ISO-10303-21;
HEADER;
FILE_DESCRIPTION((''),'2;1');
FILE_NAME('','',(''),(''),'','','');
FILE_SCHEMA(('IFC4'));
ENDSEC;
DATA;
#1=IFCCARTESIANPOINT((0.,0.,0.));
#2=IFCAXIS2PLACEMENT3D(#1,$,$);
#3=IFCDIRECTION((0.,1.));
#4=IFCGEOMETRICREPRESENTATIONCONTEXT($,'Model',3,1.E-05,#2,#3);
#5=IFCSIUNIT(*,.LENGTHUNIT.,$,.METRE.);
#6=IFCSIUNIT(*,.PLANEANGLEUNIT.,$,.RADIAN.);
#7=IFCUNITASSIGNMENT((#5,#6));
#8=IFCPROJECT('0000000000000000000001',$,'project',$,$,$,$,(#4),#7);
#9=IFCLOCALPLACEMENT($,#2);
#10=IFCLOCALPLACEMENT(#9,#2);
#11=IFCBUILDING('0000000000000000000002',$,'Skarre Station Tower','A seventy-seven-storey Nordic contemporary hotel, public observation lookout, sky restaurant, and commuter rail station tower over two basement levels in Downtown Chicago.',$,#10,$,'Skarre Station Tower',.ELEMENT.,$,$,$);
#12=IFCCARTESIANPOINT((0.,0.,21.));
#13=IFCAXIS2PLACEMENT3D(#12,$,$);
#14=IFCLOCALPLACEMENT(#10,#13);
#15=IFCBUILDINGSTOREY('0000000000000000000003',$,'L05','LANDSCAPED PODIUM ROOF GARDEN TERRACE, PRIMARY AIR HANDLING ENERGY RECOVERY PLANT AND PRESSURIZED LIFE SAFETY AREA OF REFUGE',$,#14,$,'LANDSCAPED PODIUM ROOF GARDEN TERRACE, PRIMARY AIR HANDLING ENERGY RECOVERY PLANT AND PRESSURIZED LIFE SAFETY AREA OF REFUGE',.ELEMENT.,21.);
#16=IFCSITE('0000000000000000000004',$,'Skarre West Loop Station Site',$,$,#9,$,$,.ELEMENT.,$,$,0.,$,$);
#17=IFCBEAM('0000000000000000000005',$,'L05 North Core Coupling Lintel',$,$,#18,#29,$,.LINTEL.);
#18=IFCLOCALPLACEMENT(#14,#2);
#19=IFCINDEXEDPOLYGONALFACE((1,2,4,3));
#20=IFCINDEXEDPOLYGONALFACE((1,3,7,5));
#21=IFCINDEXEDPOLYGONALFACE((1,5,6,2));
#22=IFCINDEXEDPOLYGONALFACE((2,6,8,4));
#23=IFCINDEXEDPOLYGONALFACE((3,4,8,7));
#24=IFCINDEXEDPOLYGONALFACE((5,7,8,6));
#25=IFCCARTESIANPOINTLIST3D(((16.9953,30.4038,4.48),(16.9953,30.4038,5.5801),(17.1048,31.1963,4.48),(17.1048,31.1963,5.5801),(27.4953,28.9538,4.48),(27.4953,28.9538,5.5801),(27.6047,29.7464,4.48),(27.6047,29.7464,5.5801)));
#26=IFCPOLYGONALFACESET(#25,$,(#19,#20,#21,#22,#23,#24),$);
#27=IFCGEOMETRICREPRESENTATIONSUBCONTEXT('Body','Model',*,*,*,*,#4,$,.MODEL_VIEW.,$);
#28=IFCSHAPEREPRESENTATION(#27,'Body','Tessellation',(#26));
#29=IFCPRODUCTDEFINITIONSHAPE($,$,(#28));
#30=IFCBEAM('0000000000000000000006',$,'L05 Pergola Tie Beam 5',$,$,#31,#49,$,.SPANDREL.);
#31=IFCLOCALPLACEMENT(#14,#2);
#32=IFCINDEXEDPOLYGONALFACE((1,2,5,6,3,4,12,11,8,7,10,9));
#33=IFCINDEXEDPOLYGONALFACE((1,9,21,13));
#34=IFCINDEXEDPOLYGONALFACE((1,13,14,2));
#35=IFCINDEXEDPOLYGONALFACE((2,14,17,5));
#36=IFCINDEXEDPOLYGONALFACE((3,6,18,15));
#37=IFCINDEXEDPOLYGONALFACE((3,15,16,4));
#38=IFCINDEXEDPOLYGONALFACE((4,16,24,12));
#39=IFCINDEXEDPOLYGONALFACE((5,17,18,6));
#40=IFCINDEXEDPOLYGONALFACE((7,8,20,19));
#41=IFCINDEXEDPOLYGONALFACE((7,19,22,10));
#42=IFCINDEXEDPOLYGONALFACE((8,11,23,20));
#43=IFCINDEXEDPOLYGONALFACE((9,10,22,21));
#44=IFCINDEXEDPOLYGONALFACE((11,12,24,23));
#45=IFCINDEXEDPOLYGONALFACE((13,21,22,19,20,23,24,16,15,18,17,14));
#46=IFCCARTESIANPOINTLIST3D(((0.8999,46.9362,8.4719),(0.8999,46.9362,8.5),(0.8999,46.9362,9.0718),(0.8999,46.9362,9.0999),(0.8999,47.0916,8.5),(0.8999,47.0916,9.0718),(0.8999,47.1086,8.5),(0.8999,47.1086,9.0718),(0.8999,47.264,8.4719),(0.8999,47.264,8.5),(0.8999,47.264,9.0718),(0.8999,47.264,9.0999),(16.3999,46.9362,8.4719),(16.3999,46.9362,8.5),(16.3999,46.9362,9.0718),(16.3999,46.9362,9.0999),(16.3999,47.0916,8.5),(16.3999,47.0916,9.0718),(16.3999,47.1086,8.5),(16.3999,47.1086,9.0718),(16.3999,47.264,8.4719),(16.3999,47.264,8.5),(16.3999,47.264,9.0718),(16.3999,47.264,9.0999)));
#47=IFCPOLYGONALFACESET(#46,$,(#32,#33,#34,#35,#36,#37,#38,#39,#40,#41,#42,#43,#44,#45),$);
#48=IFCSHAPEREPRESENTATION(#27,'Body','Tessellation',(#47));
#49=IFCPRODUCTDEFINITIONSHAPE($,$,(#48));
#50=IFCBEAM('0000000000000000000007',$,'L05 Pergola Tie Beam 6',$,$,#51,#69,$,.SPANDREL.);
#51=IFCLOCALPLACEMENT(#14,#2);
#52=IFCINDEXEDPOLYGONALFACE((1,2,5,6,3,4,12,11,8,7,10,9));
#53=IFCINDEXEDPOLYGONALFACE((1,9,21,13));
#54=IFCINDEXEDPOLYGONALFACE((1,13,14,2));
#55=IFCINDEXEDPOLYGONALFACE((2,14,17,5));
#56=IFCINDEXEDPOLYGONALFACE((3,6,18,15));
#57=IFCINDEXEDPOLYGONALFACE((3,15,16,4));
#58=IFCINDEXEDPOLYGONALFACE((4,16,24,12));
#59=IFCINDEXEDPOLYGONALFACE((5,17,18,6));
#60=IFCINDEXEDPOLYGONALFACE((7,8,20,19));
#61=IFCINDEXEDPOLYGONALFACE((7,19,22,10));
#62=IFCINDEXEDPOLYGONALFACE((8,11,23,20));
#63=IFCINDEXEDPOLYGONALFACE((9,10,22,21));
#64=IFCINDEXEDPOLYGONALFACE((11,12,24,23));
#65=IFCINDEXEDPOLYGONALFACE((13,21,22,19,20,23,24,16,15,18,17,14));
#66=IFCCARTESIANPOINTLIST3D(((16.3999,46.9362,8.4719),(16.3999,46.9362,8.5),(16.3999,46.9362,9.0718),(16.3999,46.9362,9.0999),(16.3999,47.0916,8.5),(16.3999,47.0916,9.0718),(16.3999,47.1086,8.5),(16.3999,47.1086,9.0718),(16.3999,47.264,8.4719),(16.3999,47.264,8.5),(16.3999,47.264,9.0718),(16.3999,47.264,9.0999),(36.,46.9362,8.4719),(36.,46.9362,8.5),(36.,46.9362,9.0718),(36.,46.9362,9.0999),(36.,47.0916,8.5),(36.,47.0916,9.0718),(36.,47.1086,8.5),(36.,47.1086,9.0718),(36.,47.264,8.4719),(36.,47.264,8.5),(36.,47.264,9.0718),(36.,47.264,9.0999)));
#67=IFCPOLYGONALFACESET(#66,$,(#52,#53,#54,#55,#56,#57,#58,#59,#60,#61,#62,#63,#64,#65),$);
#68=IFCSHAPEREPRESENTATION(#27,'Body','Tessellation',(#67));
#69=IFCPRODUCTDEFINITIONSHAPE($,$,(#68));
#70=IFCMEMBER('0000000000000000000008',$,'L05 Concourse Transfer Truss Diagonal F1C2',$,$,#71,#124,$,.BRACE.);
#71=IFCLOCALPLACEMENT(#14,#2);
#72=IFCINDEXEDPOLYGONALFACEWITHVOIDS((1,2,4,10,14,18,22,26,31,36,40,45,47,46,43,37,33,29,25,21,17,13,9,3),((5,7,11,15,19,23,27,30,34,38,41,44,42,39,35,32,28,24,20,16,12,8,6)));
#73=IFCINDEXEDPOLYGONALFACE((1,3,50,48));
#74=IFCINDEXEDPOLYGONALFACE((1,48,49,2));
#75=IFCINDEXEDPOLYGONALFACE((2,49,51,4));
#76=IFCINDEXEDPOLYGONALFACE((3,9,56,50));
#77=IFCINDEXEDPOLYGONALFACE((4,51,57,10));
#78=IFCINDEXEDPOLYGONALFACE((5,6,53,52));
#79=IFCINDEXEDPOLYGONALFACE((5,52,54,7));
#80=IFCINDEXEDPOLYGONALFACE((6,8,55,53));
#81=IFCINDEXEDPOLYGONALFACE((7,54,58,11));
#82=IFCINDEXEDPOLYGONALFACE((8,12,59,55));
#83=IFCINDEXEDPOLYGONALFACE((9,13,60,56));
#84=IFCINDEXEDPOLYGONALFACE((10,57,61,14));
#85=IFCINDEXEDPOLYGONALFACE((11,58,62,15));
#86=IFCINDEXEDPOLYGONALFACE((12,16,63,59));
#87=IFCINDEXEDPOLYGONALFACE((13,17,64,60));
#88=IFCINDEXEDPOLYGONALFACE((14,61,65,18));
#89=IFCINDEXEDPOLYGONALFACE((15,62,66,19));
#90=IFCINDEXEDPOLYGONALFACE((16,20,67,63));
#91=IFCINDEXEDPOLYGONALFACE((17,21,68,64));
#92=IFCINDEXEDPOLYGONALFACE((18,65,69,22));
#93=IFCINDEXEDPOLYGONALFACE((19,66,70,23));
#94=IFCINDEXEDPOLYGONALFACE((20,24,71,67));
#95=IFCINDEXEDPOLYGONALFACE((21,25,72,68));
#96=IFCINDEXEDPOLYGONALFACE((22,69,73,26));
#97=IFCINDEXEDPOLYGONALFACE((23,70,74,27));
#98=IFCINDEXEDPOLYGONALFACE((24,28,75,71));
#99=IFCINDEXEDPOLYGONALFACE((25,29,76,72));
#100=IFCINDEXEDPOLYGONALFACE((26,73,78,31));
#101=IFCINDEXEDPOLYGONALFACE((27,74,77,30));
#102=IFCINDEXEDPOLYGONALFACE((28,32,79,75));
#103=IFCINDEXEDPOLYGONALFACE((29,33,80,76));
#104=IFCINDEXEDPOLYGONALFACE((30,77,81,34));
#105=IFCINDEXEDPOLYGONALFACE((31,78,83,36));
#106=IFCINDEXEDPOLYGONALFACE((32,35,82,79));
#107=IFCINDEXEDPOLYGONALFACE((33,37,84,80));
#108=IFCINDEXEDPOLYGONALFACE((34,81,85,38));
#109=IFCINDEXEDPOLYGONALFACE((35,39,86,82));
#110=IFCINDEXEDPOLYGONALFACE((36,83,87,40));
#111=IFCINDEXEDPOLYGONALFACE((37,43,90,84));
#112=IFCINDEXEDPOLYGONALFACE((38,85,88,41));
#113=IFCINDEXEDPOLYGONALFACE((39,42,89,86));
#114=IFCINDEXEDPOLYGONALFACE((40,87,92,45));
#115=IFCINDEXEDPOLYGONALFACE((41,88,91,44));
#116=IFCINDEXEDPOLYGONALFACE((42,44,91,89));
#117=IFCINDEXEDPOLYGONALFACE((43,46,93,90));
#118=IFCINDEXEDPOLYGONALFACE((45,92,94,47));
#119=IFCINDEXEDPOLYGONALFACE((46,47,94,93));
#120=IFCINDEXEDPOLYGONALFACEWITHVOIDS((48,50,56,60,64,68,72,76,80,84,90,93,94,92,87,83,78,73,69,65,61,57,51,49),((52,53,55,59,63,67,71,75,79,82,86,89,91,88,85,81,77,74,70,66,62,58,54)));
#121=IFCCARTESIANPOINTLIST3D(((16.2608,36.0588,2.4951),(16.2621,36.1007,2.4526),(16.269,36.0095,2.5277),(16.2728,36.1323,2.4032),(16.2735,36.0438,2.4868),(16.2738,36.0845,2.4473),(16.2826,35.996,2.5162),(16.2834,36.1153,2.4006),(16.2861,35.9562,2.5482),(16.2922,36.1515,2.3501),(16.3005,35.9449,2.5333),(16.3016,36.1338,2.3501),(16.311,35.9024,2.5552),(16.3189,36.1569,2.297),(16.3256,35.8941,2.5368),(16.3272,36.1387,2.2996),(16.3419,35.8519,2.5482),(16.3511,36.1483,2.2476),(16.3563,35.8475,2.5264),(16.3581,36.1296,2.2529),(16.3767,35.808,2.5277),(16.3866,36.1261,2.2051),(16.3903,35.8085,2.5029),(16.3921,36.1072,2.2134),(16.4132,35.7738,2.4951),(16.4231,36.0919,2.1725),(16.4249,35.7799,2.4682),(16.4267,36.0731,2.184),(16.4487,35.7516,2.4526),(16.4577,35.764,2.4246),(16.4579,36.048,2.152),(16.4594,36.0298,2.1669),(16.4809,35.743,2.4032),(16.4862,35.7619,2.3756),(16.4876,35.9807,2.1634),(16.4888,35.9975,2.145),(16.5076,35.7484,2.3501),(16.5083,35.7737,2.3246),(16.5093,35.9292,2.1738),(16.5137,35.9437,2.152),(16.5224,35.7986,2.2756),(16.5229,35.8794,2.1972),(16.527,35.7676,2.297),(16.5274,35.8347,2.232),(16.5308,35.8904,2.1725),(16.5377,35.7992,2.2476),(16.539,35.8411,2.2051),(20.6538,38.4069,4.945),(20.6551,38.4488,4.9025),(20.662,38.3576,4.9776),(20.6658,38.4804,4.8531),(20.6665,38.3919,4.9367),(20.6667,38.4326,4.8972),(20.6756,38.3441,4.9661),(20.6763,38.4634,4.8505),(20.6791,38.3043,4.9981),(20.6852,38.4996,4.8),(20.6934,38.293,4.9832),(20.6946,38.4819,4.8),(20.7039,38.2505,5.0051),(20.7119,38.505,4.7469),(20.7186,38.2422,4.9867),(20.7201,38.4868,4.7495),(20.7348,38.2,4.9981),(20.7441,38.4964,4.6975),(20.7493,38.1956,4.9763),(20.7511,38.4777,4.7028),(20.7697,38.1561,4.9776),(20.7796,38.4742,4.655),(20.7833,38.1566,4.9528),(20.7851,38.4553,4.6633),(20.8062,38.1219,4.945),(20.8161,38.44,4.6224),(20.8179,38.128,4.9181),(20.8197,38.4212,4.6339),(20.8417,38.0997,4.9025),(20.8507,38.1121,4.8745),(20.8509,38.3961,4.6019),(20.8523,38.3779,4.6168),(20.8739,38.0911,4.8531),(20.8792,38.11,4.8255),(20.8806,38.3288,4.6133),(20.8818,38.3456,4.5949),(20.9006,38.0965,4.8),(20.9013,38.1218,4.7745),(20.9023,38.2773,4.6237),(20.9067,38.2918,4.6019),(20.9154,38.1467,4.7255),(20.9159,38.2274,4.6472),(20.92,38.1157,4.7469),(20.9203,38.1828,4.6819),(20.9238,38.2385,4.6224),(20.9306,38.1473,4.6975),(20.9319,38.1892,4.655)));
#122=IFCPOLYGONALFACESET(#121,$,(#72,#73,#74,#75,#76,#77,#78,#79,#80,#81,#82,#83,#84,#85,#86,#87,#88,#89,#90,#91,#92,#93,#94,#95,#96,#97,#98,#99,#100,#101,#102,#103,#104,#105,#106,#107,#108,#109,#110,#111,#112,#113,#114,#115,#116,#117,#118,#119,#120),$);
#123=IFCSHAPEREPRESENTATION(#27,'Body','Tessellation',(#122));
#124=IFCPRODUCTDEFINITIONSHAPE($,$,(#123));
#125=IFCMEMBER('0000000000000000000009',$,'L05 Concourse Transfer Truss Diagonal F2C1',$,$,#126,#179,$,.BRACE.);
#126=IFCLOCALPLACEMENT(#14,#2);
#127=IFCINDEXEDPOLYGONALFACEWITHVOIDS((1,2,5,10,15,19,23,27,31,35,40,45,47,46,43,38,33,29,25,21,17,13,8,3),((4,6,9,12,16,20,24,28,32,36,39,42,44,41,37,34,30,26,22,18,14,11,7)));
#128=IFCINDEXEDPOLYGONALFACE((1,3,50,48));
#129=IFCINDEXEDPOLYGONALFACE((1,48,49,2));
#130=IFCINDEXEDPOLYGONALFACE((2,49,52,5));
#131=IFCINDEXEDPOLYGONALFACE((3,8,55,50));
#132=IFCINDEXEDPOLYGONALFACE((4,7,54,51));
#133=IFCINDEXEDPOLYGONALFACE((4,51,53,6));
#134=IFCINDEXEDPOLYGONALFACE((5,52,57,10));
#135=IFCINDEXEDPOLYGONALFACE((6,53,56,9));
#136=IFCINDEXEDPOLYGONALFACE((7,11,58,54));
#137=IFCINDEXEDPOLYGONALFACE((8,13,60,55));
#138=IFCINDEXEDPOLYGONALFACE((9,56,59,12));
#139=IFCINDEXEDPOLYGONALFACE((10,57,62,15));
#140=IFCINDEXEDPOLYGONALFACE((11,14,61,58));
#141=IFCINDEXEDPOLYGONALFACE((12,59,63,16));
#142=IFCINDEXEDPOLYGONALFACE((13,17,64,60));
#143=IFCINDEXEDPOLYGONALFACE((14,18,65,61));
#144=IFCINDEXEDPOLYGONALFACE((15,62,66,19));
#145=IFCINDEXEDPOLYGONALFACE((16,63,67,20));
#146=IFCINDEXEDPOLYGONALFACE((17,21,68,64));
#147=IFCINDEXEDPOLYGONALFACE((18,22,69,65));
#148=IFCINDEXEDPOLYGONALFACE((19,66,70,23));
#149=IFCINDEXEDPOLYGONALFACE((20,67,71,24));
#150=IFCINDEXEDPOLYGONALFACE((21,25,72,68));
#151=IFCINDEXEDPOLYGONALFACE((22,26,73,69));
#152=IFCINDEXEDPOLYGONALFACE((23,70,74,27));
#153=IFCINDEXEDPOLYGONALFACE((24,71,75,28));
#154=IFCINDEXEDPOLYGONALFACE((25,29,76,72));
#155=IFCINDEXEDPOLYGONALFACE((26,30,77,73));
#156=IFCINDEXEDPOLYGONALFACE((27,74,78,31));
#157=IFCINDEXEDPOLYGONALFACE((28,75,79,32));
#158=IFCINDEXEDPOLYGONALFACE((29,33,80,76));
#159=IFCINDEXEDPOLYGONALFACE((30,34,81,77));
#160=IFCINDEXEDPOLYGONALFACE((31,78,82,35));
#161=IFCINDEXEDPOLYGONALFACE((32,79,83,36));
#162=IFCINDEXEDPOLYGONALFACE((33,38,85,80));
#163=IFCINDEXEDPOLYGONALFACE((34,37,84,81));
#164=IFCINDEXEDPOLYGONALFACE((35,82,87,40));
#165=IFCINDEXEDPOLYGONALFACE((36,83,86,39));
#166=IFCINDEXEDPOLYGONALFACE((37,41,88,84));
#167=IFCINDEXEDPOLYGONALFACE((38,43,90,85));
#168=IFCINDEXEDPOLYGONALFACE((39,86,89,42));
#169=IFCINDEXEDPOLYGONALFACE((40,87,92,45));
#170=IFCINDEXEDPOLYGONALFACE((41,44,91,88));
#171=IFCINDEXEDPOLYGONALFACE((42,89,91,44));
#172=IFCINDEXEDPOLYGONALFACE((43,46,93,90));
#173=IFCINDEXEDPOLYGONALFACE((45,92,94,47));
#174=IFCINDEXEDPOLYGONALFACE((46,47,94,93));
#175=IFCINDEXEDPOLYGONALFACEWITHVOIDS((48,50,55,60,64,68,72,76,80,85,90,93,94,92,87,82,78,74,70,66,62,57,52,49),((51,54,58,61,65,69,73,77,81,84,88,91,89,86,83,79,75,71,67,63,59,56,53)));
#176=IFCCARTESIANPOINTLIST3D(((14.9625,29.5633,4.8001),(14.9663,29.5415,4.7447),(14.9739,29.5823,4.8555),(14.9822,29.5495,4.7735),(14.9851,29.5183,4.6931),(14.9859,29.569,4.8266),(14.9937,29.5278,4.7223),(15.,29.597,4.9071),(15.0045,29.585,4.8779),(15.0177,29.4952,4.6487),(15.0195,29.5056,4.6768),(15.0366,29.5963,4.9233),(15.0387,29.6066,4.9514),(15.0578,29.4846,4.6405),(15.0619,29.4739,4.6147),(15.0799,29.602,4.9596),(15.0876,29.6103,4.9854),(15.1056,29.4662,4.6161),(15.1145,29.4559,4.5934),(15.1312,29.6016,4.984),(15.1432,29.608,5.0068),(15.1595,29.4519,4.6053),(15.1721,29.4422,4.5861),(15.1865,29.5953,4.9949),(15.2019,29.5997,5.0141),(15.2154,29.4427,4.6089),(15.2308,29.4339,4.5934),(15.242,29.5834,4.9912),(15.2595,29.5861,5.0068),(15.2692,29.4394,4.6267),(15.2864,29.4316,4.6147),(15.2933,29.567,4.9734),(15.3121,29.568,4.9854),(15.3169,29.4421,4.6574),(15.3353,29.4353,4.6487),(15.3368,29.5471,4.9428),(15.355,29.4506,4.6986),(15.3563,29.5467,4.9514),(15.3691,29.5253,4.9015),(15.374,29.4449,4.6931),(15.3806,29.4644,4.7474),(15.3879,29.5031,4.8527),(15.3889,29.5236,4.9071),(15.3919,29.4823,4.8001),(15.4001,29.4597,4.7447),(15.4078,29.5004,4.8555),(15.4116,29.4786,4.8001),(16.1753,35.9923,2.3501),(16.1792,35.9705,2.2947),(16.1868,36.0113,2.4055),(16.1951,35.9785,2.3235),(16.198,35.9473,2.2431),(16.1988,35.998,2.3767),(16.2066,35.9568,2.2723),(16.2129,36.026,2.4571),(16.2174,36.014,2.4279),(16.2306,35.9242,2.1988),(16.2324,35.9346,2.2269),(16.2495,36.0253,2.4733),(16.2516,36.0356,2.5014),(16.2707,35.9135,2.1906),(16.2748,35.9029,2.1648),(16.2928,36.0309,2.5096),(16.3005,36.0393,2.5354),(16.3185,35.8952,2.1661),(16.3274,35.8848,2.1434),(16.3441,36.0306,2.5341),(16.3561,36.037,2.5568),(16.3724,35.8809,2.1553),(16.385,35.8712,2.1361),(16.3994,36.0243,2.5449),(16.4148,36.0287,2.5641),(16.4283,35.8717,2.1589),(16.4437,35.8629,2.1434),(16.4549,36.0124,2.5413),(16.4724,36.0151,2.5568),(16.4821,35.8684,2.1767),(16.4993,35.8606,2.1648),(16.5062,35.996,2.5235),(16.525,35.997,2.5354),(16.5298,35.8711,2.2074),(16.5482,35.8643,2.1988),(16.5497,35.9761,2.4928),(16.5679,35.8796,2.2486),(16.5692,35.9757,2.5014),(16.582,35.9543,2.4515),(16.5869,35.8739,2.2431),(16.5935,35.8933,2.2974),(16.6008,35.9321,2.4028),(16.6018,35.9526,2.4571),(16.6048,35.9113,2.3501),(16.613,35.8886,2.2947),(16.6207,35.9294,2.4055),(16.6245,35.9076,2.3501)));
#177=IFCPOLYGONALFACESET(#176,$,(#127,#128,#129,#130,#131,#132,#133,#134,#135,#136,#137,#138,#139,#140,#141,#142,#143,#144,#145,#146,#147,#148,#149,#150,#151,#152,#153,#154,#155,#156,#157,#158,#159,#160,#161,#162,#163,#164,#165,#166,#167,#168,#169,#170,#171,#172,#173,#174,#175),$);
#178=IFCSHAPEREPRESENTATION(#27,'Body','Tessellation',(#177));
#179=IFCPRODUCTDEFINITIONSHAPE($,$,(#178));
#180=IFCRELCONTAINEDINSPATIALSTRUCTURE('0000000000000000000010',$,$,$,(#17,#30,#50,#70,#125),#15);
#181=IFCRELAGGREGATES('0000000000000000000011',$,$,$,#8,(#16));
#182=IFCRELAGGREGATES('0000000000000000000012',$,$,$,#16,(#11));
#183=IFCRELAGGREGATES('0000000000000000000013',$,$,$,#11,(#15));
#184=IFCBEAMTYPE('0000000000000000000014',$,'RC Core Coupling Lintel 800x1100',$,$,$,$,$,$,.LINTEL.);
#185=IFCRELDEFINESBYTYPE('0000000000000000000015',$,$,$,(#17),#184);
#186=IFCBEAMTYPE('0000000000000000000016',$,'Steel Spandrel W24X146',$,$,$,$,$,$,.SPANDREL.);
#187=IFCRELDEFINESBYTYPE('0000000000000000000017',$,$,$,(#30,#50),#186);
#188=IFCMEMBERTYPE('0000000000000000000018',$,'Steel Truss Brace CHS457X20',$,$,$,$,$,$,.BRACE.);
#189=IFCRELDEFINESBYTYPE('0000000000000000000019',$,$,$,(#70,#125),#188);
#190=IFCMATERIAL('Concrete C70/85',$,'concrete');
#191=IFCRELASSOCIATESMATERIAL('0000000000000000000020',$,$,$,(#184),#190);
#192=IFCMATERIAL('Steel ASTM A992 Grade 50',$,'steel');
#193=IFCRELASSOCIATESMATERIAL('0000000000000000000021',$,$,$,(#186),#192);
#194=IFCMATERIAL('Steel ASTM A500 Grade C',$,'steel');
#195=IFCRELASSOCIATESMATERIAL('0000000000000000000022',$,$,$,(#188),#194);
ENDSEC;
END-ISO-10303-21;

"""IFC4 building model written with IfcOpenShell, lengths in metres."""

from ifc_helpers import new_model, si_unit, direction, frame, origin, origin_2d, place, context, subcontext, project, spatial, rectangle, hollow_circle, i_section, extrude, material, material_profile, profile_set, type_object, element, save


model = new_model("IFC4")

# Units and contexts
model_context = context("Model", 3, precision=1e-05, world=origin(), true_north=direction((0.0, 1.0)))
body_context = subcontext(model_context, "Body", "Model", "MODEL_VIEW")
ifc_project = project(units=[si_unit("LENGTHUNIT", "METRE"), si_unit("PLANEANGLEUNIT", "RADIAN")], contexts=[model_context])

# Site, building, storey
site_placement = place(None, origin())
site = spatial("IfcSite", under=ifc_project, at=site_placement, Name="Skarre West Loop Station Site", CompositionType="ELEMENT", RefElevation=0.0)
building_placement = place(site_placement, origin())
building = spatial("IfcBuilding", under=site, at=building_placement, Name="Skarre Station Tower", Description="A seventy-seven-storey Nordic contemporary hotel, public observation lookout, sky restaurant, and commuter rail station tower over two basement levels in Downtown Chicago.", LongName="Skarre Station Tower", CompositionType="ELEMENT")
storey_placement = place(building_placement, frame((0.0, 0.0, 21.0)))
storey = spatial("IfcBuildingStorey", under=building, at=storey_placement, Name="L05", Description="LANDSCAPED PODIUM ROOF GARDEN TERRACE, PRIMARY AIR HANDLING ENERGY RECOVERY PLANT AND PRESSURIZED LIFE SAFETY AREA OF REFUGE", LongName="LANDSCAPED PODIUM ROOF GARDEN TERRACE, PRIMARY AIR HANDLING ENERGY RECOVERY PLANT AND PRESSURIZED LIFE SAFETY AREA OF REFUGE", CompositionType="ELEMENT", Elevation=21.0)

# Shared definitions
ifc_material_1 = material(Name="Concrete C70/85", Category="concrete")
ifc_material_2 = material(Name="Steel ASTM A500 Grade C", Category="steel")

# Beams
ifc_material_profile_1 = material_profile(ifc_material_1, rectangle(XDim=0.8, YDim=1.1001, at=origin_2d()), Name="Concrete C70/85")
ifc_profile_set_1 = profile_set([ifc_material_profile_1], Name="Concrete C70/85")
beam_type_1 = type_object("IfcBeamType", Name="RC Core Coupling Lintel 800x1100", PredefinedType="LINTEL", material=ifc_profile_set_1)
beam_1_placement = place(storey_placement, frame((17.05, 30.8, 5.03), z_axis=(0.9906, -0.136792, 0.0), x_axis=(0.136792, 0.9906, 0.0)))
element("IfcBeam", 1, at=beam_1_placement, inside=storey, type_object=beam_type_1, Name="L05 North Core Coupling Lintel", PredefinedType="LINTEL", context=body_context, shape_type="SweptSolid", body=[
    extrude(rectangle(XDim=0.8, YDim=1.1001, at=origin_2d()), origin(), (0.0, 0.0, 1.0), 10.5996),
])
ifc_material_3 = material(Name="Steel ASTM A992 Grade 50", Category="steel")
ifc_material_profile_2 = material_profile(ifc_material_3, i_section(OverallWidth=0.3279, OverallDepth=0.6279, WebThickness=0.0171, FlangeThickness=0.0281, at=origin_2d()), Name="Steel ASTM A992 Grade 50")
ifc_profile_set_2 = profile_set([ifc_material_profile_2], Name="Steel ASTM A992 Grade 50")
beam_type_2 = type_object("IfcBeamType", Name="Steel Spandrel W24X146", PredefinedType="SPANDREL", material=ifc_profile_set_2)
beam_2_placement = place(storey_placement, frame((0.8999, 47.1001, 8.7859), z_axis=(1.0, 0.0, 0.0), x_axis=(0.0, 1.0, 0.0)))
element("IfcBeam", 2, at=beam_2_placement, inside=storey, type_object=beam_type_2, Name="L05 Pergola Tie Beam 5", PredefinedType="SPANDREL", context=body_context, shape_type="SweptSolid", body=[
    extrude(i_section(OverallWidth=0.3279, OverallDepth=0.6279, WebThickness=0.0171, FlangeThickness=0.0281, at=origin_2d()), origin(), (0.0, 0.0, 1.0), 15.5),
])
beam_3_placement = place(storey_placement, frame((16.3999, 47.1001, 8.7859), z_axis=(1.0, 0.0, 0.0), x_axis=(0.0, 1.0, 0.0)))
element("IfcBeam", 3, at=beam_3_placement, inside=storey, type_object=beam_type_2, Name="L05 Pergola Tie Beam 6", PredefinedType="SPANDREL", context=body_context, shape_type="SweptSolid", body=[
    extrude(i_section(OverallWidth=0.3279, OverallDepth=0.6279, WebThickness=0.0171, FlangeThickness=0.0281, at=origin_2d()), origin(), (0.0, 0.0, 1.0), 19.6001),
])

# Members
ifc_material_profile_3 = material_profile(ifc_material_2, hollow_circle(Radius=0.2285, WallThickness=0.02, at=origin_2d()), Name="Steel ASTM A500 Grade C")
ifc_profile_set_3 = profile_set([ifc_material_profile_3], Name="Steel ASTM A500 Grade C")
member_type_1 = type_object("IfcMemberType", Name="Steel Truss Brace CHS457X20", PredefinedType="BRACE", material=ifc_profile_set_3)
member_1_placement = place(storey_placement, frame((16.3999, 35.95, 2.3501), z_axis=(0.791382, 0.423003, 0.441343), x_axis=(-0.471397, 0.881921, 0.0)))
element("IfcMember", 4, at=member_1_placement, inside=storey, type_object=member_type_1, Name="L05 Concourse Transfer Truss Diagonal F1C2", PredefinedType="BRACE", context=body_context, shape_type="SweptSolid", body=[
    extrude(hollow_circle(Radius=0.2285, WallThickness=0.02, at=origin_2d()), origin(), (0.0, 0.0, 1.0), 5.551),
])
member_2_placement = place(storey_placement, frame((16.3999, 35.95, 2.3501), z_axis=(-0.173616, -0.920257, 0.350692), x_axis=(0.982665, -0.18539, 0.0)))
element("IfcMember", 5, at=member_2_placement, inside=storey, type_object=member_type_1, Name="L05 Concourse Transfer Truss Diagonal F2C1", PredefinedType="BRACE", context=body_context, shape_type="SweptSolid", body=[
    extrude(hollow_circle(Radius=0.2285, WallThickness=0.02, at=origin_2d()), origin(), (0.0, 0.0, 1.0), 6.9861),
])

save(model, "model.ifc")
